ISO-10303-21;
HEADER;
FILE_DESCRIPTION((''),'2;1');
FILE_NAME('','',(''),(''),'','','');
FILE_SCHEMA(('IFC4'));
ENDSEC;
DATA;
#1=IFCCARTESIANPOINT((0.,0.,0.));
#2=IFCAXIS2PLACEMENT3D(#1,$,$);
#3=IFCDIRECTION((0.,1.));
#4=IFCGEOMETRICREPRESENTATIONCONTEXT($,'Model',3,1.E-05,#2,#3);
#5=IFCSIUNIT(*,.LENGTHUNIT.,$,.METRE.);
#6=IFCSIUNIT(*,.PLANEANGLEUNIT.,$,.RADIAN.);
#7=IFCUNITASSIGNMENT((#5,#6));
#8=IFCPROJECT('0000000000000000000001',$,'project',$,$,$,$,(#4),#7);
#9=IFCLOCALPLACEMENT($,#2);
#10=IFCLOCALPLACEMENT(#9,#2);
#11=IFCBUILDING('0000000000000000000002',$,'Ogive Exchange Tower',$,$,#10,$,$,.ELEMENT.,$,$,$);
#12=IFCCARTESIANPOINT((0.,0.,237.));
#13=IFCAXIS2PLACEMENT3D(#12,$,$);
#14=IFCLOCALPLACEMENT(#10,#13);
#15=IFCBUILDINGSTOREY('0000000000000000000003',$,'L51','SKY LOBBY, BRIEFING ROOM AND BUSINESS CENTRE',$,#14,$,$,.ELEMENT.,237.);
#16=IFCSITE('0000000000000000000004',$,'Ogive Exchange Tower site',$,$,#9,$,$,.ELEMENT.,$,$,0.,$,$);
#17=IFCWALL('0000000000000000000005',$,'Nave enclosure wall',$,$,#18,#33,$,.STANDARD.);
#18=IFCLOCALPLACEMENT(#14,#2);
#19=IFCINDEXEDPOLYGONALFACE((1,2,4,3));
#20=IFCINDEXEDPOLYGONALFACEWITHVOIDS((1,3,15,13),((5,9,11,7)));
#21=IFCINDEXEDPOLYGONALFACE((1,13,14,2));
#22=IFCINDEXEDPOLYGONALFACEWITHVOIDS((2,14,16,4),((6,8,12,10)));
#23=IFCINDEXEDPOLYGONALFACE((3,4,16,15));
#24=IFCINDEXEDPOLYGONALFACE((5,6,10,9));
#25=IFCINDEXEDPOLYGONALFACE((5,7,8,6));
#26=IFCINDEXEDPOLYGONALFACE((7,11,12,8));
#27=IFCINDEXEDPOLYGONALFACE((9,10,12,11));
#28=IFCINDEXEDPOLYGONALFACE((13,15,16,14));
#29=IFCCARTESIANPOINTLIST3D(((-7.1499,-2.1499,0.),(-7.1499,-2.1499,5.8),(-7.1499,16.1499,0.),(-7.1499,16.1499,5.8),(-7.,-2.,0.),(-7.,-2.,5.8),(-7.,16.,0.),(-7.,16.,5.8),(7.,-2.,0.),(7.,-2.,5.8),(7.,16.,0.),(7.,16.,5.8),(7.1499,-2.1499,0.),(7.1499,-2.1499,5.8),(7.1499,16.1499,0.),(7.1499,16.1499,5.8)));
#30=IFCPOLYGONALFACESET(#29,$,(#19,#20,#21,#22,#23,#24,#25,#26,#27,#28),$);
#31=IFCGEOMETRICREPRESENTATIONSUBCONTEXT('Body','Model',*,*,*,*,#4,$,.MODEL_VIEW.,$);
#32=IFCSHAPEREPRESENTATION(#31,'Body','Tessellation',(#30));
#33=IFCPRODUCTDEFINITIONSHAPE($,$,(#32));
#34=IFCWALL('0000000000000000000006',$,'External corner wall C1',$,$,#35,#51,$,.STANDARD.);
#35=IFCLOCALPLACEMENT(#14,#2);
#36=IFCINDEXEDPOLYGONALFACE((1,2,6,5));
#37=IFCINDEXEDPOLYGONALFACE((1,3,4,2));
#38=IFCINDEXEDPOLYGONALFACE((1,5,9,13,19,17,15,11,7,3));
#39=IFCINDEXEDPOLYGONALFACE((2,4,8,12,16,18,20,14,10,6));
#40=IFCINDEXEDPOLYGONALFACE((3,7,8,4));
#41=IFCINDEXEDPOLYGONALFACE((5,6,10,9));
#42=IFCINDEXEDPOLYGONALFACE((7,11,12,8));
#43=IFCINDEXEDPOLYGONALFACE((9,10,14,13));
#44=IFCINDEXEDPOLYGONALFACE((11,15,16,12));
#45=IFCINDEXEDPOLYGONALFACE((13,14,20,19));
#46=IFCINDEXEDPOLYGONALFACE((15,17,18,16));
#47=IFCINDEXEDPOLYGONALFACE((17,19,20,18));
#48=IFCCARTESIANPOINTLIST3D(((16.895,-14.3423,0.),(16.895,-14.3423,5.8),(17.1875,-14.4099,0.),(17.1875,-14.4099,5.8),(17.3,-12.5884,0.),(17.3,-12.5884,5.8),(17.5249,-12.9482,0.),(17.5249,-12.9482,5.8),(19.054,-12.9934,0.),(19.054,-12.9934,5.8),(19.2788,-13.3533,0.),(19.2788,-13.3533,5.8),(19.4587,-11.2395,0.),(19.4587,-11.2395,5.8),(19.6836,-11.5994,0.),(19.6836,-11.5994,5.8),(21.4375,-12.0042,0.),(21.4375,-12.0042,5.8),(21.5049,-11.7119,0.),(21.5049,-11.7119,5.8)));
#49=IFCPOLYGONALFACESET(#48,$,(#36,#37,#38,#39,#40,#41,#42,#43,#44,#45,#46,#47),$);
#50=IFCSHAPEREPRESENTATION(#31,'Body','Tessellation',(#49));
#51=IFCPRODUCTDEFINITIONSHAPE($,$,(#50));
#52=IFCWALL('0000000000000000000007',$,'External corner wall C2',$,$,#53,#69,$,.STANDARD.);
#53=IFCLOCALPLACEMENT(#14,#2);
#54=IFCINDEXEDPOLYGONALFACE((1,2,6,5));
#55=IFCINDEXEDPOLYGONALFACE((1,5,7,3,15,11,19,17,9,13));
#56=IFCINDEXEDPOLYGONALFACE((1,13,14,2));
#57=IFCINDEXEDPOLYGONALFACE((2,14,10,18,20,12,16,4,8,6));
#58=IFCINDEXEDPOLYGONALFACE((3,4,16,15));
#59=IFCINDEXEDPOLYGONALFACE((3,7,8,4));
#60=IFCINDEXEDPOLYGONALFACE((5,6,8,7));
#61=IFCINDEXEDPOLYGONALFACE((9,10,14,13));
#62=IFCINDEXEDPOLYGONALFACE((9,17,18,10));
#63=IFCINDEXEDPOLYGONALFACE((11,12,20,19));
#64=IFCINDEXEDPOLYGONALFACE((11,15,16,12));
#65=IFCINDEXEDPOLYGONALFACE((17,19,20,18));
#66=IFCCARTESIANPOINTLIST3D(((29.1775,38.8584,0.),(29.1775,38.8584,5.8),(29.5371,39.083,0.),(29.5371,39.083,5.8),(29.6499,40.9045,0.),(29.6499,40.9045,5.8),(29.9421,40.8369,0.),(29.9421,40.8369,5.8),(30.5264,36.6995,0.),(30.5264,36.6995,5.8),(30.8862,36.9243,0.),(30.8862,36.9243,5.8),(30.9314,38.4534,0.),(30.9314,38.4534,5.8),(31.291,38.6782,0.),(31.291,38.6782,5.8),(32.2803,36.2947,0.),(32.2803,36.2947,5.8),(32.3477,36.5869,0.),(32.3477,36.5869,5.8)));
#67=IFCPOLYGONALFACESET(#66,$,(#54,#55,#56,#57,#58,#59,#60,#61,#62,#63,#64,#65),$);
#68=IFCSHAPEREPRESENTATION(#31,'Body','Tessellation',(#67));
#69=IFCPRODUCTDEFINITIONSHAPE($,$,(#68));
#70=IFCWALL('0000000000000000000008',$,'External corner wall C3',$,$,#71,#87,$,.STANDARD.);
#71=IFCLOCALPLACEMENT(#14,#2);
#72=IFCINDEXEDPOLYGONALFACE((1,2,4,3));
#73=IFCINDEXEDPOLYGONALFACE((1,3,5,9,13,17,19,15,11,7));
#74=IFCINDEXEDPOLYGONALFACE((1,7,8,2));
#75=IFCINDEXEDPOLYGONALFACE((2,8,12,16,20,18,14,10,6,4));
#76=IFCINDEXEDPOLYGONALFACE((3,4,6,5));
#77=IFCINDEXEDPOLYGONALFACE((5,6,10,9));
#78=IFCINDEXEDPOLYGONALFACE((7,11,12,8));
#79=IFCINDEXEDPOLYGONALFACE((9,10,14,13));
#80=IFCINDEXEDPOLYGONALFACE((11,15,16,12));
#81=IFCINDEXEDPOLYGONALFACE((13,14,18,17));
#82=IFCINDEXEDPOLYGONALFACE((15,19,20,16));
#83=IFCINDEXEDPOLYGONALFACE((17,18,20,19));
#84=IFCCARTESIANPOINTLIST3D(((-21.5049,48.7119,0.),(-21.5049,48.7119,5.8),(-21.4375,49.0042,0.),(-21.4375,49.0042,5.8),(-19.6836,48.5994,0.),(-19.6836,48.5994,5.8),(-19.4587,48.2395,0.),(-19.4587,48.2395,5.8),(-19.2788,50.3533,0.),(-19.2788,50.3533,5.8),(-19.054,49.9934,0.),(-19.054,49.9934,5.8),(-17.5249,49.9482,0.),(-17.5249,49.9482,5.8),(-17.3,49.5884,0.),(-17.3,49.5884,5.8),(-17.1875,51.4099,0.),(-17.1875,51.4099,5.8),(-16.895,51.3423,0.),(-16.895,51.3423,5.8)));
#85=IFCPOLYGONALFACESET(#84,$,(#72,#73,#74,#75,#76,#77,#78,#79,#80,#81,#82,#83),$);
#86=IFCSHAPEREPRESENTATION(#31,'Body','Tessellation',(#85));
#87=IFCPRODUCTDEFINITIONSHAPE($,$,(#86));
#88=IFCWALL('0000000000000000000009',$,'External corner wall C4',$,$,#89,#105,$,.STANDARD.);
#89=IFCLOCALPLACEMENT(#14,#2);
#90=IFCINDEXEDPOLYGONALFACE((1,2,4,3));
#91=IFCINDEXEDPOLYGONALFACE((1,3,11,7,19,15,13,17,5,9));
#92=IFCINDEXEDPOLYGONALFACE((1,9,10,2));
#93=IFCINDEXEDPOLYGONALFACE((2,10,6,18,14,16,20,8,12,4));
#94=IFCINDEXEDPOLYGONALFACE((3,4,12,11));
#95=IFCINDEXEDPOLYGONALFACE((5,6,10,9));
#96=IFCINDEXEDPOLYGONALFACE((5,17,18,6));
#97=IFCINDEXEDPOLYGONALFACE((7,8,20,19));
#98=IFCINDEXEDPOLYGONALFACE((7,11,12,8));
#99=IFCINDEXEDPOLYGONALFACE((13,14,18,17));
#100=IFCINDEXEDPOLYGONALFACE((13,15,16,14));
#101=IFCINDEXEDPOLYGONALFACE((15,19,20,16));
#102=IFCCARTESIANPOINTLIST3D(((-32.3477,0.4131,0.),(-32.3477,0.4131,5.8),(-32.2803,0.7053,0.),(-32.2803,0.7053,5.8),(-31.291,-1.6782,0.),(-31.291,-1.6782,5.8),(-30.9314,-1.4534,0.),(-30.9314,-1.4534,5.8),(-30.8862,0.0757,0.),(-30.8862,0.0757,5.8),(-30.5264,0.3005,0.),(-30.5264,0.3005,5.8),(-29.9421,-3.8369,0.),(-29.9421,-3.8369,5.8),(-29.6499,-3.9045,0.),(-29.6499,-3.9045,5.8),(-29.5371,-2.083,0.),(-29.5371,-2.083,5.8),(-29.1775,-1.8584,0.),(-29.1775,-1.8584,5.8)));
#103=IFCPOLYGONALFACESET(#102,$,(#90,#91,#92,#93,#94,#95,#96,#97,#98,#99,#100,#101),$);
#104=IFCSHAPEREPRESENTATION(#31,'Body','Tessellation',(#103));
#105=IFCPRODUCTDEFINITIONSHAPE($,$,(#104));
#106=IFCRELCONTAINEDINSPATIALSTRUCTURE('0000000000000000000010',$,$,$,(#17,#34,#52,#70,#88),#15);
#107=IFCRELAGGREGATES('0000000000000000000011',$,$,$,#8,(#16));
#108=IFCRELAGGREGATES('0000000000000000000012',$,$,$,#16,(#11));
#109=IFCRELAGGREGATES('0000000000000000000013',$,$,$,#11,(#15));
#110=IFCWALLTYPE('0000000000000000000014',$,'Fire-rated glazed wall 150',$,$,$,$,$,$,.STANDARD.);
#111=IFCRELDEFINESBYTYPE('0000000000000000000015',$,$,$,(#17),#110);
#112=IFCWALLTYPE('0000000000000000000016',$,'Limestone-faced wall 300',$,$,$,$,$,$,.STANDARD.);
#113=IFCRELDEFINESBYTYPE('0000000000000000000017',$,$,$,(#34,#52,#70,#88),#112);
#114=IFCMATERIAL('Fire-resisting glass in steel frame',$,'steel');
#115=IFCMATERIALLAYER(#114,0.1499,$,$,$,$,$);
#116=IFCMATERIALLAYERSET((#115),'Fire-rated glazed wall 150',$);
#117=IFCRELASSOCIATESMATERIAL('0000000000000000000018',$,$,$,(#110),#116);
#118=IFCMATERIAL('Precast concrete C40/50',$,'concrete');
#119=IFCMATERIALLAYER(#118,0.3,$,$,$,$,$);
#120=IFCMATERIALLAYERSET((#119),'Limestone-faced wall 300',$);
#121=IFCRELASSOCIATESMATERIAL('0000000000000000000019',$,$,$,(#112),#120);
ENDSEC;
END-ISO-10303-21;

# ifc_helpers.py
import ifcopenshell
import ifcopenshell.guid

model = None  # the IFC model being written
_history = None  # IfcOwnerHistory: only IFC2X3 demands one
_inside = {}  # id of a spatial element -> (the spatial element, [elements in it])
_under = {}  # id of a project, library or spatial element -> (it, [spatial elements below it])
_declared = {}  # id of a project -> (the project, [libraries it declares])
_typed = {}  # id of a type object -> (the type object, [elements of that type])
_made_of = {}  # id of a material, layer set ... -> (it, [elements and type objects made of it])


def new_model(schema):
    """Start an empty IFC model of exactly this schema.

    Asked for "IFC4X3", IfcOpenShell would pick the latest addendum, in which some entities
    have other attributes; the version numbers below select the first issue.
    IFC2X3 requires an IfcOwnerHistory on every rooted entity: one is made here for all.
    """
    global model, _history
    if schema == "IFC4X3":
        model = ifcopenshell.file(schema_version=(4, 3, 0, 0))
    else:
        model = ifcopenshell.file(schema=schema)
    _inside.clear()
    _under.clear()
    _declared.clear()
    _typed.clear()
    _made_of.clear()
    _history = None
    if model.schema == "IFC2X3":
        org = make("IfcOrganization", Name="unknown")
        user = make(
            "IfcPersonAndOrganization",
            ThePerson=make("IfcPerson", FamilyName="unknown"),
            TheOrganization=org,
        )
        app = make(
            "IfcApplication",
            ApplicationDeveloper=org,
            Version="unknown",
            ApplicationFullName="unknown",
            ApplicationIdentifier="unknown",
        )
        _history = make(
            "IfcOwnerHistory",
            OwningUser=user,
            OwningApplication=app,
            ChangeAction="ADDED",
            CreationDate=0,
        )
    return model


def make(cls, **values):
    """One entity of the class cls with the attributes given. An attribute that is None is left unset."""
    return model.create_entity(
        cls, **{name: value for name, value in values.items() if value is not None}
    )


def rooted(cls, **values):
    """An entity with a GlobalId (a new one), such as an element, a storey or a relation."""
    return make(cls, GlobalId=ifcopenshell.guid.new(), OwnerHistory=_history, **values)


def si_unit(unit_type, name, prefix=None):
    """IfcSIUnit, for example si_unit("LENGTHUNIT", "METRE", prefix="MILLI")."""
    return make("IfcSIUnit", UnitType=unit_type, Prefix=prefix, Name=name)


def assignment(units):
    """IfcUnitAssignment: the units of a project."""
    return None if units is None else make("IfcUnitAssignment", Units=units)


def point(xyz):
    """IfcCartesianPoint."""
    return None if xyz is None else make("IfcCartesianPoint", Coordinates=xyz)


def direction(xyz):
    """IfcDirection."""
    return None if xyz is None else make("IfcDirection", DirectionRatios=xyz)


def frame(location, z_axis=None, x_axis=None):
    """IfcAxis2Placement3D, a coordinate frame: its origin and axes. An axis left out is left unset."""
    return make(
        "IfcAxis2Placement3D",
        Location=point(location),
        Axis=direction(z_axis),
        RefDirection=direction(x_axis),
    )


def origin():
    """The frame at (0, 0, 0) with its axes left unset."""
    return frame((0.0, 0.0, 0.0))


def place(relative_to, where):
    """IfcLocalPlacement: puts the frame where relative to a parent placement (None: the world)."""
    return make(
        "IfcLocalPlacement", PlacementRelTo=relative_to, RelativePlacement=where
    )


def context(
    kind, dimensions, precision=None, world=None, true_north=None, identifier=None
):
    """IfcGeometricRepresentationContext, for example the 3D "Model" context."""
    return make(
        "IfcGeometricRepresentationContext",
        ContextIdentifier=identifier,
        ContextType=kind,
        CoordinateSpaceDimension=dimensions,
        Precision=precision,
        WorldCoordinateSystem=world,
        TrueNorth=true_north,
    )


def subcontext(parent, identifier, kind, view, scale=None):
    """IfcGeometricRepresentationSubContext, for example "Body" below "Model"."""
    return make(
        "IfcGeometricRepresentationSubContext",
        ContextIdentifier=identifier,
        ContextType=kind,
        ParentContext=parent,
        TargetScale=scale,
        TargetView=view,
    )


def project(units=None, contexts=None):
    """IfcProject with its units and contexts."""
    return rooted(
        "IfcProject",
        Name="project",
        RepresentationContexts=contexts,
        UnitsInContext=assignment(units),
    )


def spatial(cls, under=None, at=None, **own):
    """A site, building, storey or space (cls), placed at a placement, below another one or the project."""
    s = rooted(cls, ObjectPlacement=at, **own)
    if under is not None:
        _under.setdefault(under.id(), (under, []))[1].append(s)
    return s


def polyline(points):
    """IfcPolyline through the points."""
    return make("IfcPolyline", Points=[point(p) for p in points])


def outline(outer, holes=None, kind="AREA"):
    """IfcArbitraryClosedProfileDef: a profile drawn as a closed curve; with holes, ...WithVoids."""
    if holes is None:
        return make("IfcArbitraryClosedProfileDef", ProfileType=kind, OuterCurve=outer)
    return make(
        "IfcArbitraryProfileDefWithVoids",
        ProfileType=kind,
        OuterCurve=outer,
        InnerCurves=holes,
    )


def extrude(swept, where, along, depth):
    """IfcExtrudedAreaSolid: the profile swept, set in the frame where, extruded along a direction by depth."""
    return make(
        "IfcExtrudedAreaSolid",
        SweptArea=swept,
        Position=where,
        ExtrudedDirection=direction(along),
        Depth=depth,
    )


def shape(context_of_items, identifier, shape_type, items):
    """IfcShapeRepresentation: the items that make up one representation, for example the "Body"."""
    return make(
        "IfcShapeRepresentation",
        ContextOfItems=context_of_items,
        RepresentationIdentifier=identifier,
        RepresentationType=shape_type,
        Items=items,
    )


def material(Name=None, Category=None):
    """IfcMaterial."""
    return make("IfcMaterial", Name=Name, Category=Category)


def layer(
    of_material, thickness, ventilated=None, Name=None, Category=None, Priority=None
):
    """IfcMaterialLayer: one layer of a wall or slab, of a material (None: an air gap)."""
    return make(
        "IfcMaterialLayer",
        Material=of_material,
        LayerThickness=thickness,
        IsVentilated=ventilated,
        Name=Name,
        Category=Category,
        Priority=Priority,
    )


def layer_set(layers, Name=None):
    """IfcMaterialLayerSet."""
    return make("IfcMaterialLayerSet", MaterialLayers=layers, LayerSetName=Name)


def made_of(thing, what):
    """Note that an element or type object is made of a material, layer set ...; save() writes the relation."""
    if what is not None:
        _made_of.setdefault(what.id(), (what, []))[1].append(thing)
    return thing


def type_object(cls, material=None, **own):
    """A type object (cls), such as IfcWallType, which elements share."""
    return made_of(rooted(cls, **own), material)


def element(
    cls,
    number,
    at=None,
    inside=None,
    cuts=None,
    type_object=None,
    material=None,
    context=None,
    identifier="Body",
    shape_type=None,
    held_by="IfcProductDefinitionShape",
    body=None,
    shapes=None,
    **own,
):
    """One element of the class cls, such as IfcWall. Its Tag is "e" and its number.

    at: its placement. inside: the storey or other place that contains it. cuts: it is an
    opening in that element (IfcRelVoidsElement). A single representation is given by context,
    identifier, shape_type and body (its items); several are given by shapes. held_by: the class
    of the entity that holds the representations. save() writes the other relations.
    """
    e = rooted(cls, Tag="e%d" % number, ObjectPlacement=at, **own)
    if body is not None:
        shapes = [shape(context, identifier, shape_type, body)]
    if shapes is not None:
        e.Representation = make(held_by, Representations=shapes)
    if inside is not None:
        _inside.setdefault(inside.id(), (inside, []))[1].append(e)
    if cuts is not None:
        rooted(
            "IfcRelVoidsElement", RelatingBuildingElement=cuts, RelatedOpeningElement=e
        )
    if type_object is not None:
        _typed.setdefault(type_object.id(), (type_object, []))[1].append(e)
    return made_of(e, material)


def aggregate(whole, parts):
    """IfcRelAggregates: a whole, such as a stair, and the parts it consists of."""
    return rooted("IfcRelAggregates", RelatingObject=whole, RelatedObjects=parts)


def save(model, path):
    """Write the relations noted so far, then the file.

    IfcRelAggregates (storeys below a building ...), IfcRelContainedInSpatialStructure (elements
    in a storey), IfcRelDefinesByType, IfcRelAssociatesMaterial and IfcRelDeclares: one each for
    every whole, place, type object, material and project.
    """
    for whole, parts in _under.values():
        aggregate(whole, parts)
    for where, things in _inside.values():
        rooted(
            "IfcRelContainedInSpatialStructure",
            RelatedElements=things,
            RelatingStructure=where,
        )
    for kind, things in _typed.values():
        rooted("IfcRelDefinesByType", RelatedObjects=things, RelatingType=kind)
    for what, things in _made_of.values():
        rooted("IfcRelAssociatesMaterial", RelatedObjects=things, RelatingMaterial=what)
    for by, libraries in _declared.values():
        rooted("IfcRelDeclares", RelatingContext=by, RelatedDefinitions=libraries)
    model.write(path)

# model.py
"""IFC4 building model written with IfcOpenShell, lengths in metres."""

from ifc_helpers import new_model, si_unit, direction, frame, origin, place, context, subcontext, project, spatial, polyline, outline, extrude, material, layer, layer_set, type_object, element, save


model = new_model("IFC4")

# Units and contexts
model_context = context("Model", 3, precision=1e-05, world=origin(), true_north=direction((0.0, 1.0)))
body_context = subcontext(model_context, "Body", "Model", "MODEL_VIEW")
ifc_project = project(units=[si_unit("LENGTHUNIT", "METRE"), si_unit("PLANEANGLEUNIT", "RADIAN")], contexts=[model_context])

# Site, building, storey
site_placement = place(None, origin())
site = spatial("IfcSite", under=ifc_project, at=site_placement, Name="Ogive Exchange Tower site", CompositionType="ELEMENT", RefElevation=0.0)
building_placement = place(site_placement, origin())
building = spatial("IfcBuilding", under=site, at=building_placement, Name="Ogive Exchange Tower", CompositionType="ELEMENT")
storey_placement = place(building_placement, frame((0.0, 0.0, 237.0)))
storey = spatial("IfcBuildingStorey", under=building, at=storey_placement, Name="L51", Description="SKY LOBBY, BRIEFING ROOM AND BUSINESS CENTRE", CompositionType="ELEMENT", Elevation=237.0)

# Walls
ifc_material_1 = material(Name="Fire-resisting glass in steel frame", Category="steel")
ifc_layer_1 = layer(ifc_material_1, 0.1499)
ifc_layer_set_1 = layer_set([ifc_layer_1], Name="Fire-rated glazed wall 150")
wall_type_1 = type_object("IfcWallType", Name="Fire-rated glazed wall 150", PredefinedType="STANDARD", material=ifc_layer_set_1)
wall_1_placement = place(storey_placement, origin())
element("IfcWall", 1, at=wall_1_placement, inside=storey, type_object=wall_type_1, Name="Nave enclosure wall", PredefinedType="STANDARD", context=body_context, shape_type="SweptSolid", body=[
    extrude(outline(polyline([(-7.1499, -2.1499), (7.1499, -2.1499), (7.1499, 16.1499), (-7.1499, 16.1499), (-7.1499, -2.1499)]), holes=[polyline([(-7.0, -2.0), (-7.0, 16.0), (7.0, 16.0), (7.0, -2.0), (-7.0, -2.0)])]), origin(), (0.0, 0.0, 1.0), 5.8),
])
ifc_material_2 = material(Name="Precast concrete C40/50", Category="concrete")
ifc_layer_2 = layer(ifc_material_2, 0.3)
ifc_layer_set_2 = layer_set([ifc_layer_2], Name="Limestone-faced wall 300")
wall_type_2 = type_object("IfcWallType", Name="Limestone-faced wall 300", PredefinedType="STANDARD", material=ifc_layer_set_2)
wall_2_placement = place(storey_placement, origin())
element("IfcWall", 2, at=wall_2_placement, inside=storey, type_object=wall_type_2, Name="External corner wall C1", PredefinedType="STANDARD", context=body_context, shape_type="SweptSolid", body=[
    extrude(outline(polyline([(19.054, -12.9934), (19.4587, -11.2395), (21.5049, -11.7119), (21.4375, -12.0042), (19.6836, -11.5994), (19.2788, -13.3533), (17.5249, -12.9482), (17.1875, -14.4099), (16.895, -14.3423), (17.3, -12.5884), (19.054, -12.9934)])), origin(), (0.0, 0.0, 1.0), 5.8),
])
wall_3_placement = place(storey_placement, origin())
element("IfcWall", 3, at=wall_3_placement, inside=storey, type_object=wall_type_2, Name="External corner wall C2", PredefinedType="STANDARD", context=body_context, shape_type="SweptSolid", body=[
    extrude(outline(polyline([(30.9314, 38.4534), (29.1775, 38.8584), (29.6499, 40.9045), (29.9421, 40.8369), (29.5371, 39.083), (31.291, 38.6782), (30.8862, 36.9243), (32.3477, 36.5869), (32.2803, 36.2947), (30.5264, 36.6995), (30.9314, 38.4534)])), origin(), (0.0, 0.0, 1.0), 5.8),
])
wall_4_placement = place(storey_placement, origin())
element("IfcWall", 4, at=wall_4_placement, inside=storey, type_object=wall_type_2, Name="External corner wall C3", PredefinedType="STANDARD", context=body_context, shape_type="SweptSolid", body=[
    extrude(outline(polyline([(-21.5049, 48.7119), (-21.4375, 49.0042), (-19.6836, 48.5994), (-19.2788, 50.3533), (-17.5249, 49.9482), (-17.1875, 51.4099), (-16.895, 51.3423), (-17.3, 49.5884), (-19.054, 49.9934), (-19.4587, 48.2395), (-21.5049, 48.7119)])), origin(), (0.0, 0.0, 1.0), 5.8),
])
wall_5_placement = place(storey_placement, origin())
element("IfcWall", 5, at=wall_5_placement, inside=storey, type_object=wall_type_2, Name="External corner wall C4", PredefinedType="STANDARD", context=body_context, shape_type="SweptSolid", body=[
    extrude(outline(polyline([(-31.291, -1.6782), (-30.8862, 0.0757), (-32.3477, 0.4131), (-32.2803, 0.7053), (-30.5264, 0.3005), (-30.9314, -1.4534), (-29.1775, -1.8584), (-29.6499, -3.9045), (-29.9421, -3.8369), (-29.5371, -2.083), (-31.291, -1.6782)])), origin(), (0.0, 0.0, 1.0), 5.8),
])

save(model, "model.ifc")
